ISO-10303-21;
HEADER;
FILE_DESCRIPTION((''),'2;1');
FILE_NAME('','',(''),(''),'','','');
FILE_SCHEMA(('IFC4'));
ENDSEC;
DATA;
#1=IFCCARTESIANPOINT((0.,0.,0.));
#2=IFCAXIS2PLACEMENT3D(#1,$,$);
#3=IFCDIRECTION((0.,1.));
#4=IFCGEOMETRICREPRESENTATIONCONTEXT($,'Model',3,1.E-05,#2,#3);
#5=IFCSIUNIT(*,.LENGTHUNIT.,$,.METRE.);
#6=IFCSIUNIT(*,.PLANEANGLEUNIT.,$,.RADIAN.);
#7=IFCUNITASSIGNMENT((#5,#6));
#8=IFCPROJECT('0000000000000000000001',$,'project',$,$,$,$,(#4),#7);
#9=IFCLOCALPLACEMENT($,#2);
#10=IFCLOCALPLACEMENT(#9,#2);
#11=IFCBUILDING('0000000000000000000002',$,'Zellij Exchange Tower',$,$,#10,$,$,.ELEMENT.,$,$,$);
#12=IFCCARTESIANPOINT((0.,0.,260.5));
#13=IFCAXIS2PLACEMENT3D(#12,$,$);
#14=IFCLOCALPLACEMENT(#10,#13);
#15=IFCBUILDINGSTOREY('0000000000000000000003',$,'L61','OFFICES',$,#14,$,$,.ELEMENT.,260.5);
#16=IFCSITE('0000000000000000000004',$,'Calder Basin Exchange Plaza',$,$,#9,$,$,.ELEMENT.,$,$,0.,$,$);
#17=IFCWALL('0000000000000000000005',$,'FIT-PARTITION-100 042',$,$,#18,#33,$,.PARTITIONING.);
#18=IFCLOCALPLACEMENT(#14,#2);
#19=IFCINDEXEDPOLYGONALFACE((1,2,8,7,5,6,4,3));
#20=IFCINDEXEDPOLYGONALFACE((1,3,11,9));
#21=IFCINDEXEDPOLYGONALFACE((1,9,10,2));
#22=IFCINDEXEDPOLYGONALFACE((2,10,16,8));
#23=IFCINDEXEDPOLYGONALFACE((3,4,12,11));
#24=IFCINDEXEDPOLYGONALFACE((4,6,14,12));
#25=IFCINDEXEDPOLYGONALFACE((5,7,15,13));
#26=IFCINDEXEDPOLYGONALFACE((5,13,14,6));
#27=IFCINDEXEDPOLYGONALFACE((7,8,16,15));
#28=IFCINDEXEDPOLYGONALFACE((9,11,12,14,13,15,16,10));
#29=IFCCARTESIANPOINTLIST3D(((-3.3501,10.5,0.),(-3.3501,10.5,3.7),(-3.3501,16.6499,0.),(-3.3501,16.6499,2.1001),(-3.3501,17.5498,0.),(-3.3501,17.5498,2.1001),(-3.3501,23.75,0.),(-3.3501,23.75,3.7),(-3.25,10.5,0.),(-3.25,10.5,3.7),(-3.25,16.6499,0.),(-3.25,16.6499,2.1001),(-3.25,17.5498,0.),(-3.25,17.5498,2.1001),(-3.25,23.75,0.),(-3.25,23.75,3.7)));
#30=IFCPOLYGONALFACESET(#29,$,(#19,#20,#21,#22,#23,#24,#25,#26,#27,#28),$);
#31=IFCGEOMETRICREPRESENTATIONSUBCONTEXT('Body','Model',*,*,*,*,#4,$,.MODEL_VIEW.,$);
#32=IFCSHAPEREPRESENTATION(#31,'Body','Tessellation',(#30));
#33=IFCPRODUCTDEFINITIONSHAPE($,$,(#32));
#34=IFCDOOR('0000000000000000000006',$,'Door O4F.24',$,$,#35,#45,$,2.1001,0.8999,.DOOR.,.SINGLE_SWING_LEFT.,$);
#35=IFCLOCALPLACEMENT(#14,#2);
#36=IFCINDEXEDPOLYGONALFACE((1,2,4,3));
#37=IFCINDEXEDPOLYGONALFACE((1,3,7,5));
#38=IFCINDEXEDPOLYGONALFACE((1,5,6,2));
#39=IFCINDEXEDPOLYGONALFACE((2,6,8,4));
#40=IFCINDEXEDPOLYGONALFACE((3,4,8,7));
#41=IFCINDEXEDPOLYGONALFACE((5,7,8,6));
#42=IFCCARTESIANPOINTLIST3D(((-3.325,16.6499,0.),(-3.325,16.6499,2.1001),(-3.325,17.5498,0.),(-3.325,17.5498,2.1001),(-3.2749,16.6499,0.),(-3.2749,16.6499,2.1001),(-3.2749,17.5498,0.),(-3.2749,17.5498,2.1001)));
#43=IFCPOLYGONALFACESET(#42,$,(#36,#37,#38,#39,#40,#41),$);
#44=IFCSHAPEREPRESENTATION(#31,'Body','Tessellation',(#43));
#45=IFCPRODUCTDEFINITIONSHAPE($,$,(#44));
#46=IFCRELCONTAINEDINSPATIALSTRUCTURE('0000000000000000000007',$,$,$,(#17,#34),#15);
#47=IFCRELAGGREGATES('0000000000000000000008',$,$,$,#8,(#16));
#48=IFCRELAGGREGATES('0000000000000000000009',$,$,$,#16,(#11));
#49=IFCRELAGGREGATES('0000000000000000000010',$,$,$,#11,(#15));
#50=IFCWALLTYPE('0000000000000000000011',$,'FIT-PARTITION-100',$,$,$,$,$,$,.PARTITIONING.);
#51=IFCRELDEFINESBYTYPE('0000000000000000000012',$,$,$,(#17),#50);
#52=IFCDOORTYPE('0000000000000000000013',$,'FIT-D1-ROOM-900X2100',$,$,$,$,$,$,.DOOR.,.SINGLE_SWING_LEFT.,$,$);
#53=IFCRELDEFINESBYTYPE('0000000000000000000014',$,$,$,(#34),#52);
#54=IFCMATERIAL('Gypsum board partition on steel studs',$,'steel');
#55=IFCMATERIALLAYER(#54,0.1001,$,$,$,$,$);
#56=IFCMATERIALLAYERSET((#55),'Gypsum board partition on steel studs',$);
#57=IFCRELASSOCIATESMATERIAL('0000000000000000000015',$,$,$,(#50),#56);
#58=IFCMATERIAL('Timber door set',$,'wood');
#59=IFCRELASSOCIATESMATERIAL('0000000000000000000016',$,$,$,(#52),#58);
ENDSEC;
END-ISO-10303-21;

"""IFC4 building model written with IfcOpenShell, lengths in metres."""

from ifc_helpers import new_model, si_unit, direction, frame, frame_2d, origin, place, context, subcontext, project, spatial, rectangle, extrude, material, layer, layer_set, type_object, element, fill, save


model = new_model("IFC4")

# Units and contexts
model_context = context("Model", 3, precision=1e-05, world=origin(), true_north=direction((0.0, 1.0)))
body_context = subcontext(model_context, "Body", "Model", "MODEL_VIEW")
ifc_project = project(units=[si_unit("LENGTHUNIT", "METRE"), si_unit("PLANEANGLEUNIT", "RADIAN")], contexts=[model_context])

# Site, building, storey
site_placement = place(None, origin())
site = spatial("IfcSite", under=ifc_project, at=site_placement, Name="Calder Basin Exchange Plaza", CompositionType="ELEMENT", RefElevation=0.0)
building_placement = place(site_placement, origin())
building = spatial("IfcBuilding", under=site, at=building_placement, Name="Zellij Exchange Tower", CompositionType="ELEMENT")
storey_placement = place(building_placement, frame((0.0, 0.0, 260.5)))
storey = spatial("IfcBuildingStorey", under=building, at=storey_placement, Name="L61", Description="OFFICES", CompositionType="ELEMENT", Elevation=260.5)

# Shared definitions
ifc_material_1 = material(Name="Gypsum board partition on steel studs", Category="steel")
ifc_layer = layer(ifc_material_1, 0.1001)
ifc_layer_set = layer_set([ifc_layer], Name="Gypsum board partition on steel studs")
wall_type = type_object("IfcWallType", Name="FIT-PARTITION-100", PredefinedType="PARTITIONING", material=ifc_layer_set)

# Shared definitions
ifc_material_2 = material(Name="Timber door set", Category="wood")

# Wall, opening, door
wall_1_placement = place(storey_placement, frame((-3.3, 10.5, 0.0), z_axis=(0.0, 0.0, 1.0), x_axis=(0.0, 1.0, 0.0)))
wall_1 = element("IfcWall", 1, at=wall_1_placement, inside=storey, type_object=wall_type, Name="FIT-PARTITION-100 042", PredefinedType="PARTITIONING", context=body_context, shape_type="SweptSolid", body=[
    extrude(rectangle(XDim=13.25, YDim=0.1001, at=frame_2d((6.625, 0.0))), origin(), (0.0, 0.0, 1.0), 3.7),
])
opening_1_placement = place(wall_1_placement, frame((6.1499, 0.0, 0.0)))
opening_1 = element("IfcOpeningElement", 2, at=opening_1_placement, cuts=wall_1, PredefinedType="OPENING", context=body_context, shape_type="SweptSolid", body=[
    extrude(rectangle(XDim=0.8999, YDim=2.1001, at=frame_2d((0.45, 1.05))), frame((0.0, 0.062, 0.0), z_axis=(0.0, -1.0, 0.0), x_axis=(1.0, 0.0, 0.0)), (0.0, 0.0, 1.0), 0.124),
])
door_type_1 = type_object("IfcDoorType", Name="FIT-D1-ROOM-900X2100", OperationType="SINGLE_SWING_LEFT", PredefinedType="DOOR", material=ifc_material_2)
door_1_placement = place(opening_1_placement, origin())
door_1 = element("IfcDoor", 3, at=door_1_placement, inside=storey, type_object=door_type_1, Name="Door O4F.24", OperationType="SINGLE_SWING_LEFT", OverallHeight=2.1001, OverallWidth=0.8999, PredefinedType="DOOR", context=body_context, shape_type="SweptSolid", body=[
    extrude(rectangle(XDim=0.8999, YDim=2.1001, at=frame_2d((0.45, 1.05))), frame((0.0, 0.0249, 0.0), z_axis=(0.0, -1.0, 0.0), x_axis=(1.0, 0.0, 0.0)), (0.0, 0.0, 1.0), 0.05),
])
fill(opening_1, door_1)

save(model, "model.ifc")
